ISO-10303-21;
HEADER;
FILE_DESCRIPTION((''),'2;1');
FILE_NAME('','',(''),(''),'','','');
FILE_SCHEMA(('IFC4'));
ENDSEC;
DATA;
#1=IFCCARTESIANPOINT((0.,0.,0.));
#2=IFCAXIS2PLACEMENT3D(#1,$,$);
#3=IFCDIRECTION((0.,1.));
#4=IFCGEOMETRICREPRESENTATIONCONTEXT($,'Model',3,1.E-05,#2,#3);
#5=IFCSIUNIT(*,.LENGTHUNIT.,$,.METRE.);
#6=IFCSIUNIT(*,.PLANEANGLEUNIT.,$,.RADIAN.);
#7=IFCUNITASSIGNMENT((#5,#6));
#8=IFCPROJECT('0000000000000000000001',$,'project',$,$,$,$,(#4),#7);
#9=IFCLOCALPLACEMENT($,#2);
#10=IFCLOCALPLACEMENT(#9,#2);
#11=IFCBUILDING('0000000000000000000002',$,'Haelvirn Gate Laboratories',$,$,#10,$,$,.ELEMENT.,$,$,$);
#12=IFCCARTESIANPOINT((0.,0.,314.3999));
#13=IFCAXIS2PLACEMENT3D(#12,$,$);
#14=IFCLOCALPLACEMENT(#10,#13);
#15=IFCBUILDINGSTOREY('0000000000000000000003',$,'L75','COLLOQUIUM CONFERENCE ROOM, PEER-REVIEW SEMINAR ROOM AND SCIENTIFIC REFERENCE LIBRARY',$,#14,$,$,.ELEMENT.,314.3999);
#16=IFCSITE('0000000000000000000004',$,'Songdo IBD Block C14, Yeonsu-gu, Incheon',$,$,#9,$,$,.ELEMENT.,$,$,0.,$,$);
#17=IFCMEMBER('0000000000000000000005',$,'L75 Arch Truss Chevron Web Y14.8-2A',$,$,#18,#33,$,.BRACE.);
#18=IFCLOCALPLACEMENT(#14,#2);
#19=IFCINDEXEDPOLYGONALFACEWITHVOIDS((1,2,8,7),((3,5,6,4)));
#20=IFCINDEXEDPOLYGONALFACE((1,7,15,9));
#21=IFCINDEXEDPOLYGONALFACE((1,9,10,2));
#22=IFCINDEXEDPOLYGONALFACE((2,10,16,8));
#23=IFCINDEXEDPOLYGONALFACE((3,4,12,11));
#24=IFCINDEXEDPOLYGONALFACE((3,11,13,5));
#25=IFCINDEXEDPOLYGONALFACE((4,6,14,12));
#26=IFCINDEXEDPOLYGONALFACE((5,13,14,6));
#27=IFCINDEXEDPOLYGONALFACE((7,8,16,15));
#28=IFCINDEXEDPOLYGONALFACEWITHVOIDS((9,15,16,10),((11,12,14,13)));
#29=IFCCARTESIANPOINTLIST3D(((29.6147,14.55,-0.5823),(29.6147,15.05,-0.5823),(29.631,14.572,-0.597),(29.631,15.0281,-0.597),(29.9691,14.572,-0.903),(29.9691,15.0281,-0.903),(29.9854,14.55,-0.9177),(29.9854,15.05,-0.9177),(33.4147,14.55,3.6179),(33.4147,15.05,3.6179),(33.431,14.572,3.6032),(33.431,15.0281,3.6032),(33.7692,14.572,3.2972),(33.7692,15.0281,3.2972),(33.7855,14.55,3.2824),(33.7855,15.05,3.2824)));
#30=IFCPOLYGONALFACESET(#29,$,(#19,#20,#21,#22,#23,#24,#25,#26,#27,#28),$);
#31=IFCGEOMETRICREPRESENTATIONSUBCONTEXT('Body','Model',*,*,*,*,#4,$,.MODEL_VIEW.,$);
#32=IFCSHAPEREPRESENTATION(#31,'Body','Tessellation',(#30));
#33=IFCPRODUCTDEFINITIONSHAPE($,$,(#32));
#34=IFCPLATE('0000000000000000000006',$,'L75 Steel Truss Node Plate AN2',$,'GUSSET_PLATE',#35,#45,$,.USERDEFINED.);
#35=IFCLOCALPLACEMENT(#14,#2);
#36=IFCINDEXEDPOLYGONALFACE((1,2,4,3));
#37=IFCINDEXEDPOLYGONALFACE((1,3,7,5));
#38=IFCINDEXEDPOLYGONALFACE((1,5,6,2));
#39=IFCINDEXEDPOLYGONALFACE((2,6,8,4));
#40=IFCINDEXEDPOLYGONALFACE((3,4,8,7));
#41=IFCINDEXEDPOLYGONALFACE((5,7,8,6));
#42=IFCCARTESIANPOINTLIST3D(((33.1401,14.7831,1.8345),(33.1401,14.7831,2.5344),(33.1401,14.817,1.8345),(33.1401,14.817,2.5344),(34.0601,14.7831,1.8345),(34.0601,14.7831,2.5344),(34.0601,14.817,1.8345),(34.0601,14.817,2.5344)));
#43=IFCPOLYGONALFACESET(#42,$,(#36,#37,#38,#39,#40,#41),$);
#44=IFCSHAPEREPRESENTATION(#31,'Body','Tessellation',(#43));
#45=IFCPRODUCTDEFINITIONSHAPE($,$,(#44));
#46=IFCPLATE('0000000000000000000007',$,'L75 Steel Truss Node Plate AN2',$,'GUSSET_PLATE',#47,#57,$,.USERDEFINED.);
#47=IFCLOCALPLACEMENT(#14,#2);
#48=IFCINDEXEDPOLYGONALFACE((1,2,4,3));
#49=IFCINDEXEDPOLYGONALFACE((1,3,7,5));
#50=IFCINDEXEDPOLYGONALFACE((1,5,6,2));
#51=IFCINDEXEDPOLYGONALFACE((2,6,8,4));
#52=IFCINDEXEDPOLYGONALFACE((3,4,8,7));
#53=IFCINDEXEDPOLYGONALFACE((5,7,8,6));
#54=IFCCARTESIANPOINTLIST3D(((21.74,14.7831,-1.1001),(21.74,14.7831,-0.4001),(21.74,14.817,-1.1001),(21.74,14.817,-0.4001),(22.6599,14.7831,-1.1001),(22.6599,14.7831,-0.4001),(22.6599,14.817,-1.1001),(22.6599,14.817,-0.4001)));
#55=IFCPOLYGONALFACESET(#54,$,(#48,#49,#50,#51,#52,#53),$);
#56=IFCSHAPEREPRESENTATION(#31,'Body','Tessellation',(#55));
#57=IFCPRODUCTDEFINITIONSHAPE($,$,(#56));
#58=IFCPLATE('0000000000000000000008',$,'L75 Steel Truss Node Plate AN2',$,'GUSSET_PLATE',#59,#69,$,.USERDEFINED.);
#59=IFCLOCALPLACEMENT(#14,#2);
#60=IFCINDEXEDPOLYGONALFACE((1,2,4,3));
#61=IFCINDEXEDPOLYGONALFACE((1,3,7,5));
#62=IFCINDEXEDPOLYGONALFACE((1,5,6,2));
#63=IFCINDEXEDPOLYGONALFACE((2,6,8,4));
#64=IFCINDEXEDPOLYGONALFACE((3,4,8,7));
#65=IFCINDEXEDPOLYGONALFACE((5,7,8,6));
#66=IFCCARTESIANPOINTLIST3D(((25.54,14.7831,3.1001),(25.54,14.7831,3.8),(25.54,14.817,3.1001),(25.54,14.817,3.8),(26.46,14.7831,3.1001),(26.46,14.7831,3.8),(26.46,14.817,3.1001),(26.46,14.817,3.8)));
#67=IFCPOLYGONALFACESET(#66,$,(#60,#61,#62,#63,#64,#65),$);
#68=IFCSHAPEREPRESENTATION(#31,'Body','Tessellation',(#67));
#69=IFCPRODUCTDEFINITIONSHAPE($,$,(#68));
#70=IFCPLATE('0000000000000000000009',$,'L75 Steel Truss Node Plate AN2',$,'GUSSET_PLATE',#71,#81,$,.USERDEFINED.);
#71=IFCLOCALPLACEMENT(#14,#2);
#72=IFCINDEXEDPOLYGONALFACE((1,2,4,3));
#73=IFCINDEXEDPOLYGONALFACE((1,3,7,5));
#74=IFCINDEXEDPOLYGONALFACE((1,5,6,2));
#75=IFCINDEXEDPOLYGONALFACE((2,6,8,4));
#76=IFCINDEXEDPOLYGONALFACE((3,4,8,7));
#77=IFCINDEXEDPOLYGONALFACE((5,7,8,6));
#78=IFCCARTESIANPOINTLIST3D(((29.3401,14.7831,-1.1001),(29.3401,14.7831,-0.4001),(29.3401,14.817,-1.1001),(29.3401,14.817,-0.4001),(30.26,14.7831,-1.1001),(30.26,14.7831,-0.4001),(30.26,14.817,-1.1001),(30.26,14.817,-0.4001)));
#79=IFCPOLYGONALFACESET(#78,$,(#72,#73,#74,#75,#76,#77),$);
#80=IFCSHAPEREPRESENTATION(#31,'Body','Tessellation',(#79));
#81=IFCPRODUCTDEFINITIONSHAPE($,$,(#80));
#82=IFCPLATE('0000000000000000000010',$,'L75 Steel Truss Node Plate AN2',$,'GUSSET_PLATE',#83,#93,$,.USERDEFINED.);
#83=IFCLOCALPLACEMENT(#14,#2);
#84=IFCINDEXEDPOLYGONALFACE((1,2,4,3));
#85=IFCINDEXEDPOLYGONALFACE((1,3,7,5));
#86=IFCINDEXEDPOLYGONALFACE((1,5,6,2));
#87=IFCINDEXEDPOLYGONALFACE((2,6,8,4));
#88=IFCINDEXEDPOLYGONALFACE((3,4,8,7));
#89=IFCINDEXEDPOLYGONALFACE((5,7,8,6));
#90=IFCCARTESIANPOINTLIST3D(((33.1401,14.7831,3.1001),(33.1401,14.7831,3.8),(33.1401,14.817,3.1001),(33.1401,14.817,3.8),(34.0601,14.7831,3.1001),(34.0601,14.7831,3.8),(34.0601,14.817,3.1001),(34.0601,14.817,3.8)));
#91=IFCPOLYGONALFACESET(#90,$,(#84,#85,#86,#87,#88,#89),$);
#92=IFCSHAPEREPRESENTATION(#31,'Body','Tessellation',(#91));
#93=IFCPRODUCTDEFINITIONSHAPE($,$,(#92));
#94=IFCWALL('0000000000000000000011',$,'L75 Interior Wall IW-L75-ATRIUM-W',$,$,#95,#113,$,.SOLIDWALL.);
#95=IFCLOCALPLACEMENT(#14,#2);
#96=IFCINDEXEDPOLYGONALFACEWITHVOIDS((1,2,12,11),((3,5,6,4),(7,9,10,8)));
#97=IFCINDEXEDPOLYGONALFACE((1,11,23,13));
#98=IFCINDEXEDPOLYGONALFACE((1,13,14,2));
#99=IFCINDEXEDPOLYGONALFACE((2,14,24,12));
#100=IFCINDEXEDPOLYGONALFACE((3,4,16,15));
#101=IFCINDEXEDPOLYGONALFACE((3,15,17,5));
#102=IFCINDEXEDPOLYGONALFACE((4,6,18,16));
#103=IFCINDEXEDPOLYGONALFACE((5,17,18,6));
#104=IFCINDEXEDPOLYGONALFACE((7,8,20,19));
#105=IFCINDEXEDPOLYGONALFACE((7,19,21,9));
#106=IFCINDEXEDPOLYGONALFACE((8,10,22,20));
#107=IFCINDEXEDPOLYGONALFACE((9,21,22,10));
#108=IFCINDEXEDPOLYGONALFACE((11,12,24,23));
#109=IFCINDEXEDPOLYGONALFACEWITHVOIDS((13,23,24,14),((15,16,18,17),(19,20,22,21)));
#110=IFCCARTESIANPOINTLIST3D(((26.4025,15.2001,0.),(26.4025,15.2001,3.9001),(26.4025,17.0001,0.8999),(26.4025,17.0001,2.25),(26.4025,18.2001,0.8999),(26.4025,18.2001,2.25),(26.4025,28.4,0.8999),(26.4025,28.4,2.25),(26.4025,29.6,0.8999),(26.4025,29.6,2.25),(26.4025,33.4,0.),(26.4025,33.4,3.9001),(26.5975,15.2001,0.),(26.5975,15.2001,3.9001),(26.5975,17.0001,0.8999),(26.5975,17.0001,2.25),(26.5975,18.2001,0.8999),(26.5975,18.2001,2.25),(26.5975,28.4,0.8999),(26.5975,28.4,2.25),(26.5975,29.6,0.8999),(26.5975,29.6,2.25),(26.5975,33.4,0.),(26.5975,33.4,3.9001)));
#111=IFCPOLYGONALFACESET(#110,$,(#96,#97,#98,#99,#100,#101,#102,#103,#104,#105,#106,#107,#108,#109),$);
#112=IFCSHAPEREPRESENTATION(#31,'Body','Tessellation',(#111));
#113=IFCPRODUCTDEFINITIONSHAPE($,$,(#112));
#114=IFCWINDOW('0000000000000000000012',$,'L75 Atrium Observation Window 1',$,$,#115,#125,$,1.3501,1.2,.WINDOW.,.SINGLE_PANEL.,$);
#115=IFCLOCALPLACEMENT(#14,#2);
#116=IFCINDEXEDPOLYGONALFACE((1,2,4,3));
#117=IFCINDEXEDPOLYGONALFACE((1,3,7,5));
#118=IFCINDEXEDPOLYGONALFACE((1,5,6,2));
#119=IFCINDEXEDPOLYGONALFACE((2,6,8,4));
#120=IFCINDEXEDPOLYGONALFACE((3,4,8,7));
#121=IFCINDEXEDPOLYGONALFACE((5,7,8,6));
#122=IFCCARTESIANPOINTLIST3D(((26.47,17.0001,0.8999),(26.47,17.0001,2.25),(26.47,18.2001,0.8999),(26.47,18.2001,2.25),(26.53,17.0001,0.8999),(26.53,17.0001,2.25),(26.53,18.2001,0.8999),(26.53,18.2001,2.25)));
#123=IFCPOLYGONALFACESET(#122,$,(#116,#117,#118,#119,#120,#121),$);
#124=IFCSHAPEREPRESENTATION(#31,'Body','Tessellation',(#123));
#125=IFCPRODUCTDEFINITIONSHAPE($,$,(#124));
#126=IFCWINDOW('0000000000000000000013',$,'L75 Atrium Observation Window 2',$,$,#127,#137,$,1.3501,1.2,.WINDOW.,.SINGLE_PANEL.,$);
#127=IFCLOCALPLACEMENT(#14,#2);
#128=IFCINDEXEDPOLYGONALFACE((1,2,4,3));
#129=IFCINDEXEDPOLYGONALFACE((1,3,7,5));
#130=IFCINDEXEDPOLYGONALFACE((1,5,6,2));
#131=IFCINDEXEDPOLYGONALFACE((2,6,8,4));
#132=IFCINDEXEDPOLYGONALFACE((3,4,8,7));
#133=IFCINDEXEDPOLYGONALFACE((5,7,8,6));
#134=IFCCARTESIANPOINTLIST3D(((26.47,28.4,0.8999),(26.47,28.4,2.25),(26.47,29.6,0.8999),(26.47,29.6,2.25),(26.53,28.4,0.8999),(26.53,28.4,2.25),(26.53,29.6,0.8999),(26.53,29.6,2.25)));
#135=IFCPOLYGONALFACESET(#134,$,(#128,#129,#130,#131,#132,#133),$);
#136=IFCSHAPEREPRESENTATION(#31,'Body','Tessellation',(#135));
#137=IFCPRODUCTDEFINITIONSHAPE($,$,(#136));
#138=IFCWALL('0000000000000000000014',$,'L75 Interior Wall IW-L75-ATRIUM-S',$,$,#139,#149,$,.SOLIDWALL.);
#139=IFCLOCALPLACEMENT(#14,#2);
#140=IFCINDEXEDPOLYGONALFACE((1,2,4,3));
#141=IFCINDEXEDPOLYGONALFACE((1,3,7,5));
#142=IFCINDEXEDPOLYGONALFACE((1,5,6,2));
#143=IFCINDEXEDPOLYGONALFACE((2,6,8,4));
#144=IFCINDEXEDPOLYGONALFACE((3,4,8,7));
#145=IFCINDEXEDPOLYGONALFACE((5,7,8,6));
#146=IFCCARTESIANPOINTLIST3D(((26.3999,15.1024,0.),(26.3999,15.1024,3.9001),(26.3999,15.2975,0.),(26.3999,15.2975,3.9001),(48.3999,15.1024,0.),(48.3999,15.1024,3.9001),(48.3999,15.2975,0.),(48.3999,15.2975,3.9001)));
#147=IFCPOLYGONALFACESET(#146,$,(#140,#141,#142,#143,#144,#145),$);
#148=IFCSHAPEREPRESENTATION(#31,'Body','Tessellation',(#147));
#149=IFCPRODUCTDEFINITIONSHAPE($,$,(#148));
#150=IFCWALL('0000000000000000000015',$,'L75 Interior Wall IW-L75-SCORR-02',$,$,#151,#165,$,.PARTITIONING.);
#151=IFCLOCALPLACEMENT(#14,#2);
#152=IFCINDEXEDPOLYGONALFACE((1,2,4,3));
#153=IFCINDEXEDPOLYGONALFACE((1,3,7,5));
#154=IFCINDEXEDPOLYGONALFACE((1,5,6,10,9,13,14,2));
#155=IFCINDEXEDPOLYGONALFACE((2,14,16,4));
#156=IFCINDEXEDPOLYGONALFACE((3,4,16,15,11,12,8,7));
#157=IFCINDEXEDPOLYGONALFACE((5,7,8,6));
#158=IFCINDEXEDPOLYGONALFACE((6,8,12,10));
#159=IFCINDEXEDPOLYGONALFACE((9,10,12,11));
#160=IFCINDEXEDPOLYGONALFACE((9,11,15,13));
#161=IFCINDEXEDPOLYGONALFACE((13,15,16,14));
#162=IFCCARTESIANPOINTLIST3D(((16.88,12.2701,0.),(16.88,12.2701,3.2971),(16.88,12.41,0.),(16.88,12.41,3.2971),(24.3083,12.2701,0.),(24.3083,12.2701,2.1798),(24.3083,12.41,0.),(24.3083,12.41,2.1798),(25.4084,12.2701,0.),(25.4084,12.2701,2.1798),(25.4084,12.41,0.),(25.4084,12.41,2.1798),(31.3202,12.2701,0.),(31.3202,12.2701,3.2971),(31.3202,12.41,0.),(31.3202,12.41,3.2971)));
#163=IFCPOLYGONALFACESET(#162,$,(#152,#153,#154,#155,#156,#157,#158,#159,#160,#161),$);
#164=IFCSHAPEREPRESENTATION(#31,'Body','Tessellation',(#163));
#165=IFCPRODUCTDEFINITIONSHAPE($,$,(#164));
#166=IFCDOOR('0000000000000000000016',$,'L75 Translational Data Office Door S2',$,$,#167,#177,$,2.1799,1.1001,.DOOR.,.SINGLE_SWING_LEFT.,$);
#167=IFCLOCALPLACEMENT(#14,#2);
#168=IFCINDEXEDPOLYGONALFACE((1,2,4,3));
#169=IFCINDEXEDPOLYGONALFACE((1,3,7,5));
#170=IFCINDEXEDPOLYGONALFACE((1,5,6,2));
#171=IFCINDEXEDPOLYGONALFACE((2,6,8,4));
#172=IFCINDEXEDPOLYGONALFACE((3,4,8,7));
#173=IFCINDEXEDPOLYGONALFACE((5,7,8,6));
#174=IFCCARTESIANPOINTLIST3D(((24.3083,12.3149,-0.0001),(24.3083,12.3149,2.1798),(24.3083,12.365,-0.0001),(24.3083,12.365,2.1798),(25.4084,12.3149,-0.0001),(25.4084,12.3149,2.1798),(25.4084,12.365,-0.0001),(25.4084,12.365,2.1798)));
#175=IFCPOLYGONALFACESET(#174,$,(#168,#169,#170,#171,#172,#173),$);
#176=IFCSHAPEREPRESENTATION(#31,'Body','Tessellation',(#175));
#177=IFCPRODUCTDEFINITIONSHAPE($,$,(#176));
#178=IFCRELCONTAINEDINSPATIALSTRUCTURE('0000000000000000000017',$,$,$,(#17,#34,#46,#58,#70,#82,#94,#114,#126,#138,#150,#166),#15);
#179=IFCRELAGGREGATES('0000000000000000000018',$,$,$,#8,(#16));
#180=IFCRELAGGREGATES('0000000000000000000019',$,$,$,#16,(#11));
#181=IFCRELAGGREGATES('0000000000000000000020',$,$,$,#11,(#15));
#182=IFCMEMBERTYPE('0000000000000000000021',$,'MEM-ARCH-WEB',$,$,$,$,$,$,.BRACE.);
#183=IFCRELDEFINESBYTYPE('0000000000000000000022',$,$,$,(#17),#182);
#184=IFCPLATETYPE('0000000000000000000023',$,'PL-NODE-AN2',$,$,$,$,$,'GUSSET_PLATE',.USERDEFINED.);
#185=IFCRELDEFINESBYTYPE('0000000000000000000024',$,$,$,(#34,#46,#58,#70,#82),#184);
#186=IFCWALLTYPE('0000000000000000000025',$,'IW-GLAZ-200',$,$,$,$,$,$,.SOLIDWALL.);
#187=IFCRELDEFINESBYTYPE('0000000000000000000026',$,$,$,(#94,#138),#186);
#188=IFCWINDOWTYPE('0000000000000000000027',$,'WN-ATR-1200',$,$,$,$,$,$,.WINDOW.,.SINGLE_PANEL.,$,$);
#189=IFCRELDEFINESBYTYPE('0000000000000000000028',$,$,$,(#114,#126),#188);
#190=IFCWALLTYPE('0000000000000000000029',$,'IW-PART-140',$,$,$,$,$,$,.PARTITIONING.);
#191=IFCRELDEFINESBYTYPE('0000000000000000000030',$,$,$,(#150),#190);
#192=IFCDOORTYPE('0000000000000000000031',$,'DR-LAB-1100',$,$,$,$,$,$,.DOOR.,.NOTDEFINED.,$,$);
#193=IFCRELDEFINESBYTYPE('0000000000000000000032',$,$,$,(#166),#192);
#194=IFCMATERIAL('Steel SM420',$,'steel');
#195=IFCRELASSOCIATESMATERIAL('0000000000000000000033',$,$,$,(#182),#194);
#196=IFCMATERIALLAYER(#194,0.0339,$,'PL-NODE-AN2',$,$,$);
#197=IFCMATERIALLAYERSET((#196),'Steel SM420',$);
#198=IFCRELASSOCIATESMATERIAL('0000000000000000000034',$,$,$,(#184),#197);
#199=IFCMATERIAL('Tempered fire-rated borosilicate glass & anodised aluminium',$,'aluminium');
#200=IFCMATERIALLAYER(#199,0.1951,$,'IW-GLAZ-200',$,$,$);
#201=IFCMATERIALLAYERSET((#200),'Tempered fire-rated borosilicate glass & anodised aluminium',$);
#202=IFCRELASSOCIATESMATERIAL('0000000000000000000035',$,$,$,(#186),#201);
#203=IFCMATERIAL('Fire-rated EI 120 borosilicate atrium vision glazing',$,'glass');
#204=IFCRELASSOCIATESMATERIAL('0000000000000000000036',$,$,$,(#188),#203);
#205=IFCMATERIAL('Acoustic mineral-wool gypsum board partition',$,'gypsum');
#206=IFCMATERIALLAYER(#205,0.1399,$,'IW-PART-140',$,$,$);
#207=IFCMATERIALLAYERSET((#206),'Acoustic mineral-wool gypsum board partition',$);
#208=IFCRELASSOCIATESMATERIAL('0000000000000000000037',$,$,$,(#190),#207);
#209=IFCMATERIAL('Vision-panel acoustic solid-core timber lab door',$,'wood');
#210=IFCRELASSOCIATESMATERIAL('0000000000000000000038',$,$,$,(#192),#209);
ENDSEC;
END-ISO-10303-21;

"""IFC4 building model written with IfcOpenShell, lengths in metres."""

from ifc_helpers import new_model, si_unit, direction, frame, frame_2d, origin, origin_2d, place, context, subcontext, project, spatial, rectangle, hollow_rectangle, extrude, source, transform, mapped, material, layer, layer_set, material_profile, profile_set, type_object, type_shapes, element, fill, save


model = new_model("IFC4")

# Units and contexts
model_context = context("Model", 3, precision=1e-05, world=origin(), true_north=direction((0.0, 1.0)))
body_context = subcontext(model_context, "Body", "Model", "MODEL_VIEW")
ifc_project = project(units=[si_unit("LENGTHUNIT", "METRE"), si_unit("PLANEANGLEUNIT", "RADIAN")], contexts=[model_context])

# Site, building, storey
site_placement = place(None, origin())
site = spatial("IfcSite", under=ifc_project, at=site_placement, Name="Songdo IBD Block C14, Yeonsu-gu, Incheon", CompositionType="ELEMENT", RefElevation=0.0)
building_placement = place(site_placement, origin())
building = spatial("IfcBuilding", under=site, at=building_placement, Name="Haelvirn Gate Laboratories", CompositionType="ELEMENT")
storey_placement = place(building_placement, frame((0.0, 0.0, 314.3999)))
storey = spatial("IfcBuildingStorey", under=building, at=storey_placement, Name="L75", Description="COLLOQUIUM CONFERENCE ROOM, PEER-REVIEW SEMINAR ROOM AND SCIENTIFIC REFERENCE LIBRARY", CompositionType="ELEMENT", Elevation=314.3999)

# Shared definitions
ifc_material_1 = material(Name="Steel SM420", Category="steel")

# Member
ifc_material_profile_1 = material_profile(ifc_material_1, hollow_rectangle(XDim=0.5, YDim=0.5, WallThickness=0.022, at=origin_2d()), Name="BOX-500x500x22")
ifc_profile_set_1 = profile_set([ifc_material_profile_1], Name="Steel SM420")
member_type_1 = type_object("IfcMemberType", Name="MEM-ARCH-WEB", PredefinedType="BRACE", material=ifc_profile_set_1)
shared_shape_1 = source(origin(), body_context, "Body", "SweptSolid", [
    extrude(hollow_rectangle(XDim=0.5, YDim=0.5, WallThickness=0.022, at=origin_2d()), origin(), (0.0, 0.0, 1.0), 5.6641),
])
for number, where, z_axis, x_axis, name in (
    (1, (29.8, 14.8, -0.75), (0.670901, 0.0, 0.741547), (0.0, 1.0, 0.0), "L75 Arch Truss Chevron Web Y14.8-2A"),
):
    element("IfcMember", number, at=place(storey_placement, frame(where, z_axis=z_axis, x_axis=x_axis)), inside=storey, type_object=member_type_1, Name=name, PredefinedType="BRACE", context=body_context, shape_type="MappedRepresentation", body=[
        mapped(shared_shape_1, transform((0.0, 0.0, 0.0), scale=1.0)),
    ])

# Plates
ifc_layer_1 = layer(ifc_material_1, 0.0339, Name="PL-NODE-AN2")
ifc_layer_set_1 = layer_set([ifc_layer_1], Name="Steel SM420")
plate_type = type_object("IfcPlateType", Name="PL-NODE-AN2", ElementType="GUSSET_PLATE", PredefinedType="USERDEFINED", material=ifc_layer_set_1)
shared_shape_2 = source(origin(), body_context, "Body", "SweptSolid", [
    extrude(rectangle(XDim=0.9199, YDim=0.0339, at=origin_2d()), origin(), (0.0, 0.0, 1.0), 0.7),
])
type_shapes(plate_type, [shared_shape_2])
for number, where, z_axis, x_axis, name in (
    (2, (33.6001, 14.8, 1.8345), (0.0, 0.0, 1.0), (1.0, 0.0, 0.0), "L75 Steel Truss Node Plate AN2"),
    (3, (22.2, 14.8, -1.1001), (0.0, 0.0, 1.0), (1.0, 0.0, 0.0), "L75 Steel Truss Node Plate AN2"),
    (4, (26.0, 14.8, 3.1001), (0.0, 0.0, 1.0), (1.0, 0.0, 0.0), "L75 Steel Truss Node Plate AN2"),
    (5, (29.8, 14.8, -1.1001), (0.0, 0.0, 1.0), (1.0, 0.0, 0.0), "L75 Steel Truss Node Plate AN2"),
    (6, (33.6001, 14.8, 3.1001), (0.0, 0.0, 1.0), (1.0, 0.0, 0.0), "L75 Steel Truss Node Plate AN2"),
):
    element("IfcPlate", number, at=place(storey_placement, frame(where, z_axis=z_axis, x_axis=x_axis)), inside=storey, type_object=plate_type, Name=name, ObjectType="GUSSET_PLATE", PredefinedType="USERDEFINED", context=body_context, shape_type="MappedRepresentation", body=[
        mapped(shared_shape_2, transform((0.0, 0.0, 0.0), scale=1.0)),
    ])

# Wall, openings, windows
ifc_material_2 = material(Name="Tempered fire-rated borosilicate glass & anodised aluminium", Category="aluminium")
ifc_layer_2 = layer(ifc_material_2, 0.1951, Name="IW-GLAZ-200")
ifc_layer_set_2 = layer_set([ifc_layer_2], Name="Tempered fire-rated borosilicate glass & anodised aluminium")
wall_type_1 = type_object("IfcWallType", Name="IW-GLAZ-200", PredefinedType="SOLIDWALL", material=ifc_layer_set_2)
wall_1_placement = place(storey_placement, frame((26.5, 15.2, 0.0), z_axis=(0.0, 0.0, 1.0), x_axis=(0.0, 1.0, 0.0)))
wall_1 = element("IfcWall", 7, at=wall_1_placement, inside=storey, type_object=wall_type_1, Name="L75 Interior Wall IW-L75-ATRIUM-W", PredefinedType="SOLIDWALL", context=body_context, shape_type="SweptSolid", body=[
    extrude(rectangle(XDim=18.2, YDim=0.1951, at=frame_2d((9.1001, 0.0))), origin(), (0.0, 0.0, 1.0), 3.9001),
])
opening_1_placement = place(wall_1_placement, frame((1.8, 0.0, 0.8999)))
opening_1 = element("IfcOpeningElement", 8, at=opening_1_placement, cuts=wall_1, PredefinedType="OPENING", context=body_context, shape_type="SweptSolid", body=[
    extrude(rectangle(XDim=1.2, YDim=1.3501, at=frame_2d((0.6001, 0.675))), frame((0.0, 0.1074, 0.0), z_axis=(0.0, -1.0, 0.0), x_axis=(1.0, 0.0, 0.0)), (0.0, 0.0, 1.0), 0.2151),
])
opening_2_placement = place(wall_1_placement, frame((13.2, 0.0, 0.8999)))
opening_2 = element("IfcOpeningElement", 9, at=opening_2_placement, cuts=wall_1, PredefinedType="OPENING", context=body_context, shape_type="SweptSolid", body=[
    extrude(rectangle(XDim=1.2, YDim=1.3501, at=frame_2d((0.6001, 0.675))), frame((0.0, 0.1074, 0.0), z_axis=(0.0, -1.0, 0.0), x_axis=(1.0, 0.0, 0.0)), (0.0, 0.0, 1.0), 0.2151),
])
ifc_material_3 = material(Name="Fire-rated EI 120 borosilicate atrium vision glazing", Category="glass")
window_type = type_object("IfcWindowType", Name="WN-ATR-1200", PartitioningType="SINGLE_PANEL", PredefinedType="WINDOW", material=ifc_material_3)
shared_shape_3 = source(origin(), body_context, "Body", "SweptSolid", [
    extrude(rectangle(XDim=1.2, YDim=1.3501, at=frame_2d((0.6001, 0.675))), frame((0.0, 0.03, 0.0), z_axis=(0.0, -1.0, 0.0), x_axis=(1.0, 0.0, 0.0)), (0.0, 0.0, 1.0), 0.0601),
])
type_shapes(window_type, [shared_shape_3])
window_1_placement = place(opening_1_placement, origin())
window_1 = element("IfcWindow", 10, at=window_1_placement, inside=storey, type_object=window_type, Name="L75 Atrium Observation Window 1", OverallHeight=1.3501, OverallWidth=1.2, PartitioningType="SINGLE_PANEL", PredefinedType="WINDOW", context=body_context, shape_type="MappedRepresentation", body=[
    mapped(shared_shape_3, transform((0.0, 0.0, 0.0), scale=1.0)),
])
fill(opening_1, window_1)
window_2_placement = place(opening_2_placement, origin())
window_2 = element("IfcWindow", 11, at=window_2_placement, inside=storey, type_object=window_type, Name="L75 Atrium Observation Window 2", OverallHeight=1.3501, OverallWidth=1.2, PartitioningType="SINGLE_PANEL", PredefinedType="WINDOW", context=body_context, shape_type="MappedRepresentation", body=[
    mapped(shared_shape_3, transform((0.0, 0.0, 0.0), scale=1.0)),
])
fill(opening_2, window_2)

# Wall
wall_2_placement = place(storey_placement, frame((26.3999, 15.2, 0.0), z_axis=(0.0, 0.0, 1.0), x_axis=(1.0, 0.0, 0.0)))
element("IfcWall", 12, at=wall_2_placement, inside=storey, type_object=wall_type_1, Name="L75 Interior Wall IW-L75-ATRIUM-S", PredefinedType="SOLIDWALL", context=body_context, shape_type="SweptSolid", body=[
    extrude(rectangle(XDim=22.0, YDim=0.1951, at=frame_2d((11.0, 0.0))), origin(), (0.0, 0.0, 1.0), 3.9001),
])

# Wall, opening, door
ifc_material_4 = material(Name="Acoustic mineral-wool gypsum board partition", Category="gypsum")
ifc_layer_3 = layer(ifc_material_4, 0.1399, Name="IW-PART-140")
ifc_layer_set_3 = layer_set([ifc_layer_3], Name="Acoustic mineral-wool gypsum board partition")
wall_type_2 = type_object("IfcWallType", Name="IW-PART-140", PredefinedType="PARTITIONING", material=ifc_layer_set_3)
wall_3_placement = place(storey_placement, frame((16.8799, 12.3401, 0.0), z_axis=(0.0, 0.0, 1.0), x_axis=(1.0, 0.0, 0.0)))
wall_3 = element("IfcWall", 13, at=wall_3_placement, inside=storey, type_object=wall_type_2, Name="L75 Interior Wall IW-L75-SCORR-02", PredefinedType="PARTITIONING", context=body_context, shape_type="SweptSolid", body=[
    extrude(rectangle(XDim=14.4402, YDim=0.1399, at=frame_2d((7.2202, 0.0))), origin(), (0.0, 0.0, 1.0), 3.2971),
])
opening_3_placement = place(wall_3_placement, frame((7.4285, 0.0, 0.0)))
opening_3 = element("IfcOpeningElement", 14, at=opening_3_placement, cuts=wall_3, PredefinedType="OPENING", context=body_context, shape_type="SweptSolid", body=[
    extrude(rectangle(XDim=1.1001, YDim=2.1799, at=frame_2d((0.55, 1.0898))), frame((0.0, 0.0801, 0.0), z_axis=(0.0, -1.0, 0.0), x_axis=(1.0, 0.0, 0.0)), (0.0, 0.0, 1.0), 0.1599),
])
ifc_material_5 = material(Name="Vision-panel acoustic solid-core timber lab door", Category="wood")
door_type_1 = type_object("IfcDoorType", Name="DR-LAB-1100", OperationType="NOTDEFINED", PredefinedType="DOOR", material=ifc_material_5)
shared_shape_4 = source(origin(), body_context, "Body", "SweptSolid", [
    extrude(rectangle(XDim=1.1001, YDim=2.1799, at=frame_2d((0.55, 1.0898))), frame((0.0, 0.0249, 0.0), z_axis=(0.0, -1.0, 0.0), x_axis=(1.0, 0.0, 0.0)), (0.0, 0.0, 1.0), 0.05),
])
type_shapes(door_type_1, [shared_shape_4])
door_1_placement = place(opening_3_placement, origin())
door_1 = element("IfcDoor", 15, at=door_1_placement, inside=storey, type_object=door_type_1, Name="L75 Translational Data Office Door S2", OperationType="SINGLE_SWING_LEFT", OverallHeight=2.1799, OverallWidth=1.1001, PredefinedType="DOOR", context=body_context, shape_type="MappedRepresentation", body=[
    mapped(shared_shape_4, transform((0.0, 0.0, 0.0), scale=1.0)),
])
fill(opening_3, door_1)

save(model, "model.ifc")
